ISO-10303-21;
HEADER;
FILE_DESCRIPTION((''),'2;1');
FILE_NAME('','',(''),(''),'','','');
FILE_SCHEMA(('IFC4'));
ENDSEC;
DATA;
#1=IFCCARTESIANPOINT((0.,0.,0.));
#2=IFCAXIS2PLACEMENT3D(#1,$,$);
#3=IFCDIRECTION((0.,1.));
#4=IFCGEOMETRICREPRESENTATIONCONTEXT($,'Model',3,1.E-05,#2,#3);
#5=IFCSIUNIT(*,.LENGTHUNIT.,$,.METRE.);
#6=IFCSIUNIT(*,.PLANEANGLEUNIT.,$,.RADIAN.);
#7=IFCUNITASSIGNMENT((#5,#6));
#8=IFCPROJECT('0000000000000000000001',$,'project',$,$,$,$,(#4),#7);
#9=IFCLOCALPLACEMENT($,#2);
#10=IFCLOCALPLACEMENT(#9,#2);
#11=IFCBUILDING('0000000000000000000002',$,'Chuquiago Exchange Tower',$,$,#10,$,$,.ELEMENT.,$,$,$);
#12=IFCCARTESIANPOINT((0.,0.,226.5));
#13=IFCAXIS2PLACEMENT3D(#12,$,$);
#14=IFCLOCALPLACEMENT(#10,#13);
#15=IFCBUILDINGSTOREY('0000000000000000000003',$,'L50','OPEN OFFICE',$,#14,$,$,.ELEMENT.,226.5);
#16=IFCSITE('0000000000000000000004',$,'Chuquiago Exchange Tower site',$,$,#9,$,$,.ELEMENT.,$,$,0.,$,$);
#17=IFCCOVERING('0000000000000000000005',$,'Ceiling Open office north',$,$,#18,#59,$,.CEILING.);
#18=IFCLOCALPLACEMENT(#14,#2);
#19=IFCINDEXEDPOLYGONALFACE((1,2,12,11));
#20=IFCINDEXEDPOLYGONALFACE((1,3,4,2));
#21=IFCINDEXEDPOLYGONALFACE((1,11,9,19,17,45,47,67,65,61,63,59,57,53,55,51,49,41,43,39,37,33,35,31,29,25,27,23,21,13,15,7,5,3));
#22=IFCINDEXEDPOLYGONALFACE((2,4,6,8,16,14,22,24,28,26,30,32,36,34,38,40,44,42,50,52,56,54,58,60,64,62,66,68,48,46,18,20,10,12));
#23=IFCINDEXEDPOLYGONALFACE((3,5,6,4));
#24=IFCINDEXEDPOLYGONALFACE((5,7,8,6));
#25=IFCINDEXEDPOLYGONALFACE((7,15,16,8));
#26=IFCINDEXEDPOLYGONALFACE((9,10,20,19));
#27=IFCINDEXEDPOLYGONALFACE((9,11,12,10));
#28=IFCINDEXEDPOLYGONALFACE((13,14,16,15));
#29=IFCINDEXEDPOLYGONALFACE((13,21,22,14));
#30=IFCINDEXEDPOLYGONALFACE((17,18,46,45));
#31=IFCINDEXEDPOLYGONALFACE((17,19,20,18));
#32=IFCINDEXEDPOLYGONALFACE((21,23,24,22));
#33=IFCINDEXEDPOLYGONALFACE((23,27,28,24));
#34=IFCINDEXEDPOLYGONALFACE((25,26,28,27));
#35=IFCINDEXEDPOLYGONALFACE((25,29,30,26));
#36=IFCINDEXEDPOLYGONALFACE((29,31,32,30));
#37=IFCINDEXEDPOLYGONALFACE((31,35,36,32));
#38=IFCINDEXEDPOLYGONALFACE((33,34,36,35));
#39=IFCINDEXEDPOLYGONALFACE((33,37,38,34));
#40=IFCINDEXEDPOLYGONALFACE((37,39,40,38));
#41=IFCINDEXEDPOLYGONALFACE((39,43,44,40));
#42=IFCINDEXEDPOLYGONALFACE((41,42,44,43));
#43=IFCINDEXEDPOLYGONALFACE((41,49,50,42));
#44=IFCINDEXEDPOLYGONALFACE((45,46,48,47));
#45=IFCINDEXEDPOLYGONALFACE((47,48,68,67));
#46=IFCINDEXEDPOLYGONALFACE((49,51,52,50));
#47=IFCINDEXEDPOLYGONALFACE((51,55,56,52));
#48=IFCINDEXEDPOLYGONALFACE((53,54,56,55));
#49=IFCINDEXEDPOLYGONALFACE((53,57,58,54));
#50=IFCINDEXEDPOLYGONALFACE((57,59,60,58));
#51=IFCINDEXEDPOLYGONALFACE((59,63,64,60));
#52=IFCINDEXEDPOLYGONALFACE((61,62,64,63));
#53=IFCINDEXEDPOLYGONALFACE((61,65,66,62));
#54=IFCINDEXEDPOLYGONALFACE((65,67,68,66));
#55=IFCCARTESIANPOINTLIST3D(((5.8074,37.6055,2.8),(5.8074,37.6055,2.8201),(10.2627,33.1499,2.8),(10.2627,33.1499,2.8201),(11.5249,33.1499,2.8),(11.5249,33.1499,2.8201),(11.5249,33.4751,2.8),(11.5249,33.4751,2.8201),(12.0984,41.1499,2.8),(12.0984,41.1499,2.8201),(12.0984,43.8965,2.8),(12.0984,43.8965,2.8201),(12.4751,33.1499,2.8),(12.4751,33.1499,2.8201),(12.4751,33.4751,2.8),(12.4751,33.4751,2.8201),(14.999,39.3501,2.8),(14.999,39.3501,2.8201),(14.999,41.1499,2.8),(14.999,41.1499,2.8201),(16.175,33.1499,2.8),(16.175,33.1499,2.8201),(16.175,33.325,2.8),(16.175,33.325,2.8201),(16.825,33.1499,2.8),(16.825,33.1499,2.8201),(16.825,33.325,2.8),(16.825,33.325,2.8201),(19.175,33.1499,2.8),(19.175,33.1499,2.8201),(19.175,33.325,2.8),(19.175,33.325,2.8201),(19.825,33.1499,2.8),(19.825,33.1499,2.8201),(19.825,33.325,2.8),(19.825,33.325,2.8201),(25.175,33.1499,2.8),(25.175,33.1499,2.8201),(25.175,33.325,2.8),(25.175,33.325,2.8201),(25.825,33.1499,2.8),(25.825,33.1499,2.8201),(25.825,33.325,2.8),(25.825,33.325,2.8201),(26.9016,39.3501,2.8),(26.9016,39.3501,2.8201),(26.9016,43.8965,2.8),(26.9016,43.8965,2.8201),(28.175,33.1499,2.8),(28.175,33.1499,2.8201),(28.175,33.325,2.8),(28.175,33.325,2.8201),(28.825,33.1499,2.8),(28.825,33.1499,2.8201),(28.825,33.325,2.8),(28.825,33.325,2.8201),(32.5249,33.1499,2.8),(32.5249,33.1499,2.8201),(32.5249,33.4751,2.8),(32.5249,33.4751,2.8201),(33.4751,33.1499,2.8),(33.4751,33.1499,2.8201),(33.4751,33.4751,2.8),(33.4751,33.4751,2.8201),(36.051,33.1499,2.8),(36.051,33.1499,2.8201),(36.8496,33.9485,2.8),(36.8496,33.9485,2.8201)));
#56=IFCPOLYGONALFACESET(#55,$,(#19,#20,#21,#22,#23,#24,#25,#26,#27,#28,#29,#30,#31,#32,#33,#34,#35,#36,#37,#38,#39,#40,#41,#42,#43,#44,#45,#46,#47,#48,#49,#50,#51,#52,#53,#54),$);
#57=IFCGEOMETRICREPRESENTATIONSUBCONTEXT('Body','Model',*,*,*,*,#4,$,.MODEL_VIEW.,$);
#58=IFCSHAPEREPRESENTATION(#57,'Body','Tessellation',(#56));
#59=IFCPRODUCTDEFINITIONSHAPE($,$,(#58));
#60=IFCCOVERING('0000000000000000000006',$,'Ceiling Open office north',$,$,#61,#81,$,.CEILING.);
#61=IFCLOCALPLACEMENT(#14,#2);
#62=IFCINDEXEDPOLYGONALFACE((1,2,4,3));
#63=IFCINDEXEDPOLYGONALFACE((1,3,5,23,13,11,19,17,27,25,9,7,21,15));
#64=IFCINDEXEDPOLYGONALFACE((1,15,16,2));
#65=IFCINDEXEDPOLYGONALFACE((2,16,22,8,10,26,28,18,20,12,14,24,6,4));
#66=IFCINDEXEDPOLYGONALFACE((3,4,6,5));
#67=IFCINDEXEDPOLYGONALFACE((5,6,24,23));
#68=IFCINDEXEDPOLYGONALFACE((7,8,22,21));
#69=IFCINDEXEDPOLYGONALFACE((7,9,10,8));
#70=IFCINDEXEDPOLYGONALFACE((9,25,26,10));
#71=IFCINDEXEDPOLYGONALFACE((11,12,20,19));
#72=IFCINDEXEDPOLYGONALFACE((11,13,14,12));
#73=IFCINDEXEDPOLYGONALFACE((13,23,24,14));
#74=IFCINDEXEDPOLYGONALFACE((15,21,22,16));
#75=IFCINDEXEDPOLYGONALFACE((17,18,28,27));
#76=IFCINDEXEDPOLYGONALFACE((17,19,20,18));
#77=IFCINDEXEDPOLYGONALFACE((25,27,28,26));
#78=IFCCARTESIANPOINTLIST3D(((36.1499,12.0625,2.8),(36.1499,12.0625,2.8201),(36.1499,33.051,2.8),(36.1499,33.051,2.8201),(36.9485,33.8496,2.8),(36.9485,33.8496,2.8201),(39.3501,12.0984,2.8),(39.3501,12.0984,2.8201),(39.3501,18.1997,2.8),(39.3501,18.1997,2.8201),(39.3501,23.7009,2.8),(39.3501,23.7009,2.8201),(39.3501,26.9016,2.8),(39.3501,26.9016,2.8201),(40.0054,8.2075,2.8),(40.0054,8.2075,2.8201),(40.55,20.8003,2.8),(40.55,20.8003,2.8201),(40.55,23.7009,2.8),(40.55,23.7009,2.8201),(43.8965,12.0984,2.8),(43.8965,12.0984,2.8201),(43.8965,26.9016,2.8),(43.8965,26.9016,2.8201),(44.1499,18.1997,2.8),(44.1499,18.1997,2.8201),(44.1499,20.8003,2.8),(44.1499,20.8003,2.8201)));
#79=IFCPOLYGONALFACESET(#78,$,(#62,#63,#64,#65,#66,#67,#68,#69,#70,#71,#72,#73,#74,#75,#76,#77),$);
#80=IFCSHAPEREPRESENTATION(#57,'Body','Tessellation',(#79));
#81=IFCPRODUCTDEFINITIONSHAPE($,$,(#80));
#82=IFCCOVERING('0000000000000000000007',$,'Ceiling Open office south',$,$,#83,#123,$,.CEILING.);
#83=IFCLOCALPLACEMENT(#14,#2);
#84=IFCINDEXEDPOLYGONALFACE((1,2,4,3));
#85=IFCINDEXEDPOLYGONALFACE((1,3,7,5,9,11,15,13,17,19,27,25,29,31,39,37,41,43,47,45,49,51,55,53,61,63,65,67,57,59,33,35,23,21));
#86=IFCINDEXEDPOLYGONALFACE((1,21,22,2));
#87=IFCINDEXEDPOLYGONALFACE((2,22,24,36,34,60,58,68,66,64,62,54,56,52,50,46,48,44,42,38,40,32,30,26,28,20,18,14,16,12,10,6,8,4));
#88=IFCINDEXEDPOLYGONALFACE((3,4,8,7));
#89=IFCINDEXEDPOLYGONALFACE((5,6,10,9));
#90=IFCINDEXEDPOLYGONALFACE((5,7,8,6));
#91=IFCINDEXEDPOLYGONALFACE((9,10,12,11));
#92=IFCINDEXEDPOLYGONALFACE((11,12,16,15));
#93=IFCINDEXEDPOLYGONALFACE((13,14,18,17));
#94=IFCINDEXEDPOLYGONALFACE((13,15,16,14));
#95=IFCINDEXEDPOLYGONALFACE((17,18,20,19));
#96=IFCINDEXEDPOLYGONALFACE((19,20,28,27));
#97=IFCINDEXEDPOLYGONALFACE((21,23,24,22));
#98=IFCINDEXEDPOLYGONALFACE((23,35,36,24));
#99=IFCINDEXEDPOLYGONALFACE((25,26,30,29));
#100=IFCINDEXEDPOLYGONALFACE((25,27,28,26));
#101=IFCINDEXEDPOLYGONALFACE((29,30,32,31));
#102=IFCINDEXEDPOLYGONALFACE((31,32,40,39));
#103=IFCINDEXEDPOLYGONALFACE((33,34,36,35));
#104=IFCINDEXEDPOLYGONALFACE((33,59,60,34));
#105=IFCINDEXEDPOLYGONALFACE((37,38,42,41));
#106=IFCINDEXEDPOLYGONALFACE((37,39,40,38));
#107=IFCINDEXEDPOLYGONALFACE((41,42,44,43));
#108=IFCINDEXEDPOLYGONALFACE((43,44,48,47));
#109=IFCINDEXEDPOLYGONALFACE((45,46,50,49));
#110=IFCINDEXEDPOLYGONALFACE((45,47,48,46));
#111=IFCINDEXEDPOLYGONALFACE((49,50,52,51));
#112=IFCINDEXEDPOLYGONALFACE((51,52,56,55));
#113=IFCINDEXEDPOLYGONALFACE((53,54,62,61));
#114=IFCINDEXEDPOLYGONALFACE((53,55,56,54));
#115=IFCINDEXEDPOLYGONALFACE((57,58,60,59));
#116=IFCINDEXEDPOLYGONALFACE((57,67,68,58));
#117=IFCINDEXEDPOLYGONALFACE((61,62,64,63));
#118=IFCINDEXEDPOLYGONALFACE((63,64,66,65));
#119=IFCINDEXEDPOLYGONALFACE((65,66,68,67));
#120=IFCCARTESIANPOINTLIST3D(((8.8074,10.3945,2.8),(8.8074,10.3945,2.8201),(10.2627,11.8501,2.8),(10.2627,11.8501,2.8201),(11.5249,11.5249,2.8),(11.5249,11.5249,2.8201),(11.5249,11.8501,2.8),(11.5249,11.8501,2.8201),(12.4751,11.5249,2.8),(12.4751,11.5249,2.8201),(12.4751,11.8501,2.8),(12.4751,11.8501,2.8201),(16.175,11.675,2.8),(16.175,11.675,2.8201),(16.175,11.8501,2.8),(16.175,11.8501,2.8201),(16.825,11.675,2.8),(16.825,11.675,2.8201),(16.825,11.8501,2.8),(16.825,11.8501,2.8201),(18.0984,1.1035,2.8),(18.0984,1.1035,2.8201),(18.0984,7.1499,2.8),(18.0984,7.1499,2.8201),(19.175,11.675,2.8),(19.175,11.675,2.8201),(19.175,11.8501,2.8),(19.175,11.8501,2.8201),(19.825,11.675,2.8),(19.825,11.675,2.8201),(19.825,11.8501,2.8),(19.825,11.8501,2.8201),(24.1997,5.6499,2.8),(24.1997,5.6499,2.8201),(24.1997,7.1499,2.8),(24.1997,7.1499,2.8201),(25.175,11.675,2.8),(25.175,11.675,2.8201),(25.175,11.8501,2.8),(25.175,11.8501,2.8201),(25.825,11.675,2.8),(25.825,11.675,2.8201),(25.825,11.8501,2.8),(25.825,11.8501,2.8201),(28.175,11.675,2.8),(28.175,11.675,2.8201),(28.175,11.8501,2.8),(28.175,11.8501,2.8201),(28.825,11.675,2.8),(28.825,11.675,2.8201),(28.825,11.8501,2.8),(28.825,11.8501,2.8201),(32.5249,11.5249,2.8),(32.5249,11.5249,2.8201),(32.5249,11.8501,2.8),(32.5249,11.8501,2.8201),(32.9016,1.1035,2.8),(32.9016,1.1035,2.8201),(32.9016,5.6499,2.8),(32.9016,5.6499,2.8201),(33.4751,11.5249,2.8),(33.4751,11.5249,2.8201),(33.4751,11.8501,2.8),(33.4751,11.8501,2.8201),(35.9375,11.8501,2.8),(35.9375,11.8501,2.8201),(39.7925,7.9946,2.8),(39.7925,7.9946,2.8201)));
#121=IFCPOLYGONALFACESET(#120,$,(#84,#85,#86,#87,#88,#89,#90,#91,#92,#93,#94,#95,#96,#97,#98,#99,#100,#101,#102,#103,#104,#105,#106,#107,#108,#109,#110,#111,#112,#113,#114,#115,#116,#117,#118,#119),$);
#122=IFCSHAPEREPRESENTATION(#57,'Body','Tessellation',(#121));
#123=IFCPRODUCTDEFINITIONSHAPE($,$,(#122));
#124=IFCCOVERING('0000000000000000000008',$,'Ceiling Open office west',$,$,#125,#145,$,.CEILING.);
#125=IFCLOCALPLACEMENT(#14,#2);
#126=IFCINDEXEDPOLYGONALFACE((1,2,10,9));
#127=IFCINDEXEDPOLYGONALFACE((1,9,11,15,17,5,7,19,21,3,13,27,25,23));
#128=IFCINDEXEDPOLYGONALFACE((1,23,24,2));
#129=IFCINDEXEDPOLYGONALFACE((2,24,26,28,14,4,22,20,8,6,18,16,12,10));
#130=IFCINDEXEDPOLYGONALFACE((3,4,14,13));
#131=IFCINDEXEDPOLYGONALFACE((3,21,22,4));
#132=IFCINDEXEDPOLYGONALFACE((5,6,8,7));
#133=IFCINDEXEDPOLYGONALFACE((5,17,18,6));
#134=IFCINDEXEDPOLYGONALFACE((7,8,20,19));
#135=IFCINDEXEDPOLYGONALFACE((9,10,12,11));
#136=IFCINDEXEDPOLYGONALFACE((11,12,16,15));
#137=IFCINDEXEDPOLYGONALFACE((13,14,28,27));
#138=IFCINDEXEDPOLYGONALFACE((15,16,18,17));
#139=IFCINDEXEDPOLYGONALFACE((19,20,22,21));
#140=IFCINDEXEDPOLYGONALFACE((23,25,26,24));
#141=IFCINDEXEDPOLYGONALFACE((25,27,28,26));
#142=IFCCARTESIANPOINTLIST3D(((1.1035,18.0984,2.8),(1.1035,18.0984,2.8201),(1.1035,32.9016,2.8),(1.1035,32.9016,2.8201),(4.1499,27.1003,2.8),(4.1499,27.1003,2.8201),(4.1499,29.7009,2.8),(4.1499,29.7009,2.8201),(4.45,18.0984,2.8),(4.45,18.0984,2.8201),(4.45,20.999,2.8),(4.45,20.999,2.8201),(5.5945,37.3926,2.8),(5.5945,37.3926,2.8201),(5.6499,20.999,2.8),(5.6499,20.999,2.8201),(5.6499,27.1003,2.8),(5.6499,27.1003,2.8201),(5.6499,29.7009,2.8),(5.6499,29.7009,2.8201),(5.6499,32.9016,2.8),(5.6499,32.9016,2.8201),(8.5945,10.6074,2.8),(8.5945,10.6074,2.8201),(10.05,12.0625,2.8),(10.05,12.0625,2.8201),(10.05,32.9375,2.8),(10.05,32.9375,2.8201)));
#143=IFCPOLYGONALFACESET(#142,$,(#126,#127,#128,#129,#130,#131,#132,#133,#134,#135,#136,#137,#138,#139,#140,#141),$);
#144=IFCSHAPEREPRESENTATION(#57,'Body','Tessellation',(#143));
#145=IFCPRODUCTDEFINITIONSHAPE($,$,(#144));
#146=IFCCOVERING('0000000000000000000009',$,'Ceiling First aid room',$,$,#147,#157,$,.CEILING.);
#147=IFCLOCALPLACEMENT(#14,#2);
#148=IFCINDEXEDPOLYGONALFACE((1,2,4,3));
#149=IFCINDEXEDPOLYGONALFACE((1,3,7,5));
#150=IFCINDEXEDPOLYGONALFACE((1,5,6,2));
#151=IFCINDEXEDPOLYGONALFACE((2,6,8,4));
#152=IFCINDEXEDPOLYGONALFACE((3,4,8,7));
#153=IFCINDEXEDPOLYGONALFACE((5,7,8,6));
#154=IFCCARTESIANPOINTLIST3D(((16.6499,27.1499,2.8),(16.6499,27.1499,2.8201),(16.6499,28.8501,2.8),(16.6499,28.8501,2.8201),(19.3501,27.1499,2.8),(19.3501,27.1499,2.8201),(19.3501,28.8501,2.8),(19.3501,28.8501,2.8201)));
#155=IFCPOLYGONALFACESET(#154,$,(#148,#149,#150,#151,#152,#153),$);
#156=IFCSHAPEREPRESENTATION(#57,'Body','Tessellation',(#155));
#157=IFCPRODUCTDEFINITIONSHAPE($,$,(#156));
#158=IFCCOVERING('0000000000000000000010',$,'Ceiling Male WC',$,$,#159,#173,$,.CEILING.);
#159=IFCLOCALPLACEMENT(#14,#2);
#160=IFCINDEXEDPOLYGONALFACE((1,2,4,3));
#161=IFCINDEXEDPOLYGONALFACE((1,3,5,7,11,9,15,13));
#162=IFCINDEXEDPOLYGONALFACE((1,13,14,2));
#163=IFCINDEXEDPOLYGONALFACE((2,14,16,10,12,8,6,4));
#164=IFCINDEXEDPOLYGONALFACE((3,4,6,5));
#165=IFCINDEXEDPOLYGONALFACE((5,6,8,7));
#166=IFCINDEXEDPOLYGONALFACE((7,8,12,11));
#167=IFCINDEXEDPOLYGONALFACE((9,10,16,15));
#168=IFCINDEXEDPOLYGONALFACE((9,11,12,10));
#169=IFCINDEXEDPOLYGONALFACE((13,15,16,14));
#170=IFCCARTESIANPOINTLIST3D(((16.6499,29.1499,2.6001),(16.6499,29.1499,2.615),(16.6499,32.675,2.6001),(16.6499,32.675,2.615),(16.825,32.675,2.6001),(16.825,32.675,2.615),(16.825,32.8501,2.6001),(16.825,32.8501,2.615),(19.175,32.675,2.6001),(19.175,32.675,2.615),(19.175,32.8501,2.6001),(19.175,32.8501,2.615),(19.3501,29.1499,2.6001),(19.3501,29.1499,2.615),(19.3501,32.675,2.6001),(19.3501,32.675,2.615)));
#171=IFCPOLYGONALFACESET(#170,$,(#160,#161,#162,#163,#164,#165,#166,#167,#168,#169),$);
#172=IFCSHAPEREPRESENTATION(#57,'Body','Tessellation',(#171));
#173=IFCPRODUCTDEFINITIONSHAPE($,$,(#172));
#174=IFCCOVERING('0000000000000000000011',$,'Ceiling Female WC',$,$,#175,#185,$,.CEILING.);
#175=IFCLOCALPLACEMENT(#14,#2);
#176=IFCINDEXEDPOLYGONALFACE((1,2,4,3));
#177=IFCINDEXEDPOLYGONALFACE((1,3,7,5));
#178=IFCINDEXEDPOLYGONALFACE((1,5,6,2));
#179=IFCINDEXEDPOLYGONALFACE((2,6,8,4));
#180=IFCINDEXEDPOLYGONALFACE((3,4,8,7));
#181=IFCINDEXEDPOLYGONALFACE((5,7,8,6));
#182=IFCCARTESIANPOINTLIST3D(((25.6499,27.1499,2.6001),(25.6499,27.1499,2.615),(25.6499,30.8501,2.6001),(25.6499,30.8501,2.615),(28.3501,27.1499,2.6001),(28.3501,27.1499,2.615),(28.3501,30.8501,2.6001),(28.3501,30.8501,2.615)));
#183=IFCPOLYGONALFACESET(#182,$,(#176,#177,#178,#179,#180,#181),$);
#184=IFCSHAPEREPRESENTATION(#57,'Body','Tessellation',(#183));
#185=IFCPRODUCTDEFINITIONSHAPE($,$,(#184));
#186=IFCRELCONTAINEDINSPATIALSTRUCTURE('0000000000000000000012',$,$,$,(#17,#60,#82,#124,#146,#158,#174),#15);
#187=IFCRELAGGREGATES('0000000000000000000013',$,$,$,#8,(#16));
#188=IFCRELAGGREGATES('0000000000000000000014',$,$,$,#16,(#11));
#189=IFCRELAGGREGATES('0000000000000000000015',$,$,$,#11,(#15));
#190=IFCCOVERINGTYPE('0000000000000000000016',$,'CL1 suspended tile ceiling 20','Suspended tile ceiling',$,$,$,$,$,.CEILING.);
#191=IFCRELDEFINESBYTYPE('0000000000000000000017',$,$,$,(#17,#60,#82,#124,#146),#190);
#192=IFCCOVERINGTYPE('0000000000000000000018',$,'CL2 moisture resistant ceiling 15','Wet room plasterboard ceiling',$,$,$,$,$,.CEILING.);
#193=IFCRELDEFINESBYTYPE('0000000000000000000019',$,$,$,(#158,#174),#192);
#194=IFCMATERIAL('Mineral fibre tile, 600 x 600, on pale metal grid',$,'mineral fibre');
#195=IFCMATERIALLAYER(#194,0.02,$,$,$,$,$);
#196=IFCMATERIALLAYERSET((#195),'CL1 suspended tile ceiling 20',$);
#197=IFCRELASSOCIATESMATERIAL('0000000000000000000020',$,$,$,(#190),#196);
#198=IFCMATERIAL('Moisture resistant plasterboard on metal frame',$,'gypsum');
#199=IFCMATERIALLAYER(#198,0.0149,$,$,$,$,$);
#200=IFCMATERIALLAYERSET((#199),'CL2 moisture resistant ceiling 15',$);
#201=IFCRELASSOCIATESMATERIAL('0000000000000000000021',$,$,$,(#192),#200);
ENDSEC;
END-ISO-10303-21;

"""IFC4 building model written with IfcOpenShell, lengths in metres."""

from ifc_helpers import new_model, si_unit, direction, frame, origin, place, context, subcontext, project, spatial, polyline, outline, extrude, material, layer, layer_set, type_object, element, save


model = new_model("IFC4")

# Units and contexts
model_context = context("Model", 3, precision=1e-05, world=origin(), true_north=direction((0.0, 1.0)))
body_context = subcontext(model_context, "Body", "Model", "MODEL_VIEW")
ifc_project = project(units=[si_unit("LENGTHUNIT", "METRE"), si_unit("PLANEANGLEUNIT", "RADIAN")], contexts=[model_context])

# Site, building, storey
site_placement = place(None, origin())
site = spatial("IfcSite", under=ifc_project, at=site_placement, Name="Chuquiago Exchange Tower site", CompositionType="ELEMENT", RefElevation=0.0)
building_placement = place(site_placement, origin())
building = spatial("IfcBuilding", under=site, at=building_placement, Name="Chuquiago Exchange Tower", CompositionType="ELEMENT")
storey_placement = place(building_placement, frame((0.0, 0.0, 226.5)))
storey = spatial("IfcBuildingStorey", under=building, at=storey_placement, Name="L50", Description="OPEN OFFICE", CompositionType="ELEMENT", Elevation=226.5)

# Coverings
ifc_material_1 = material(Name="Mineral fibre tile, 600 x 600, on pale metal grid", Category="mineral fibre")
ifc_layer_1 = layer(ifc_material_1, 0.02)
ifc_layer_set_1 = layer_set([ifc_layer_1], Name="CL1 suspended tile ceiling 20")
covering_type_1 = type_object("IfcCoveringType", Name="CL1 suspended tile ceiling 20", Description="Suspended tile ceiling", PredefinedType="CEILING", material=ifc_layer_set_1)
covering_1_placement = place(storey_placement, frame((0.0, 0.0, 2.8)))
element("IfcCovering", 1, at=covering_1_placement, inside=storey, type_object=covering_type_1, Name="Ceiling Open office north", PredefinedType="CEILING", context=body_context, shape_type="SweptSolid", body=[
    extrude(outline(polyline([(14.999, 41.1499), (14.999, 39.3501), (26.9016, 39.3501), (26.9016, 43.8965), (36.8496, 33.9485), (36.051, 33.1499), (33.4751, 33.1499), (33.4751, 33.4751), (32.5249, 33.4751), (32.5249, 33.1499), (28.825, 33.1499), (28.825, 33.325), (28.175, 33.325), (28.175, 33.1499), (25.825, 33.1499), (25.825, 33.325), (25.175, 33.325), (25.175, 33.1499), (19.825, 33.1499), (19.825, 33.325), (19.175, 33.325), (19.175, 33.1499), (16.825, 33.1499), (16.825, 33.325), (16.175, 33.325), (16.175, 33.1499), (12.4751, 33.1499), (12.4751, 33.4751), (11.5249, 33.4751), (11.5249, 33.1499), (10.2627, 33.1499), (5.8074, 37.6055), (12.0984, 43.8965), (12.0984, 41.1499), (14.999, 41.1499)])), origin(), (0.0, 0.0, 1.0), 0.02),
])
covering_2_placement = place(storey_placement, frame((0.0, 0.0, 2.8)))
element("IfcCovering", 2, at=covering_2_placement, inside=storey, type_object=covering_type_1, Name="Ceiling Open office north", PredefinedType="CEILING", context=body_context, shape_type="SweptSolid", body=[
    extrude(outline(polyline([(43.8965, 26.9016), (39.3501, 26.9016), (39.3501, 23.7009), (40.55, 23.7009), (40.55, 20.8003), (44.1499, 20.8003), (44.1499, 18.1997), (39.3501, 18.1997), (39.3501, 12.0984), (43.8965, 12.0984), (40.0054, 8.2075), (36.1499, 12.0625), (36.1499, 33.051), (36.9485, 33.8496), (43.8965, 26.9016)])), origin(), (0.0, 0.0, 1.0), 0.02),
])
covering_3_placement = place(storey_placement, frame((0.0, 0.0, 2.8)))
element("IfcCovering", 3, at=covering_3_placement, inside=storey, type_object=covering_type_1, Name="Ceiling Open office south", PredefinedType="CEILING", context=body_context, shape_type="SweptSolid", body=[
    extrude(outline(polyline([(32.9016, 5.6499), (24.1997, 5.6499), (24.1997, 7.1499), (18.0984, 7.1499), (18.0984, 1.1035), (8.8074, 10.3945), (10.2627, 11.8501), (11.5249, 11.8501), (11.5249, 11.5249), (12.4751, 11.5249), (12.4751, 11.8501), (16.175, 11.8501), (16.175, 11.675), (16.825, 11.675), (16.825, 11.8501), (19.175, 11.8501), (19.175, 11.675), (19.825, 11.675), (19.825, 11.8501), (25.175, 11.8501), (25.175, 11.675), (25.825, 11.675), (25.825, 11.8501), (28.175, 11.8501), (28.175, 11.675), (28.825, 11.675), (28.825, 11.8501), (32.5249, 11.8501), (32.5249, 11.5249), (33.4751, 11.5249), (33.4751, 11.8501), (35.9375, 11.8501), (39.7925, 7.9946), (32.9016, 1.1035), (32.9016, 5.6499)])), origin(), (0.0, 0.0, 1.0), 0.02),
])
covering_4_placement = place(storey_placement, frame((0.0, 0.0, 2.8)))
element("IfcCovering", 4, at=covering_4_placement, inside=storey, type_object=covering_type_1, Name="Ceiling Open office west", PredefinedType="CEILING", context=body_context, shape_type="SweptSolid", body=[
    extrude(outline(polyline([(4.45, 18.0984), (4.45, 20.999), (5.6499, 20.999), (5.6499, 27.1003), (4.1499, 27.1003), (4.1499, 29.7009), (5.6499, 29.7009), (5.6499, 32.9016), (1.1035, 32.9016), (5.5945, 37.3926), (10.05, 32.9375), (10.05, 12.0625), (8.5945, 10.6074), (1.1035, 18.0984), (4.45, 18.0984)])), origin(), (0.0, 0.0, 1.0), 0.02),
])
covering_5_placement = place(storey_placement, frame((0.0, 0.0, 2.8)))
element("IfcCovering", 5, at=covering_5_placement, inside=storey, type_object=covering_type_1, Name="Ceiling First aid room", PredefinedType="CEILING", context=body_context, shape_type="SweptSolid", body=[
    extrude(outline(polyline([(16.6499, 27.1499), (16.6499, 28.8501), (19.3501, 28.8501), (19.3501, 27.1499), (16.6499, 27.1499)])), origin(), (0.0, 0.0, 1.0), 0.02),
])
ifc_material_2 = material(Name="Moisture resistant plasterboard on metal frame", Category="gypsum")
ifc_layer_2 = layer(ifc_material_2, 0.0149)
ifc_layer_set_2 = layer_set([ifc_layer_2], Name="CL2 moisture resistant ceiling 15")
covering_type_2 = type_object("IfcCoveringType", Name="CL2 moisture resistant ceiling 15", Description="Wet room plasterboard ceiling", PredefinedType="CEILING", material=ifc_layer_set_2)
covering_6_placement = place(storey_placement, frame((0.0, 0.0, 2.6001)))
element("IfcCovering", 6, at=covering_6_placement, inside=storey, type_object=covering_type_2, Name="Ceiling Male WC", PredefinedType="CEILING", context=body_context, shape_type="SweptSolid", body=[
    extrude(outline(polyline([(16.6499, 29.1499), (16.6499, 32.675), (16.825, 32.675), (16.825, 32.8501), (19.175, 32.8501), (19.175, 32.675), (19.3501, 32.675), (19.3501, 29.1499), (16.6499, 29.1499)])), origin(), (0.0, 0.0, 1.0), 0.0149),
])
covering_7_placement = place(storey_placement, frame((0.0, 0.0, 2.6001)))
element("IfcCovering", 7, at=covering_7_placement, inside=storey, type_object=covering_type_2, Name="Ceiling Female WC", PredefinedType="CEILING", context=body_context, shape_type="SweptSolid", body=[
    extrude(outline(polyline([(25.6499, 27.1499), (25.6499, 30.8501), (28.3501, 30.8501), (28.3501, 27.1499), (25.6499, 27.1499)])), origin(), (0.0, 0.0, 1.0), 0.0149),
])

save(model, "model.ifc")
